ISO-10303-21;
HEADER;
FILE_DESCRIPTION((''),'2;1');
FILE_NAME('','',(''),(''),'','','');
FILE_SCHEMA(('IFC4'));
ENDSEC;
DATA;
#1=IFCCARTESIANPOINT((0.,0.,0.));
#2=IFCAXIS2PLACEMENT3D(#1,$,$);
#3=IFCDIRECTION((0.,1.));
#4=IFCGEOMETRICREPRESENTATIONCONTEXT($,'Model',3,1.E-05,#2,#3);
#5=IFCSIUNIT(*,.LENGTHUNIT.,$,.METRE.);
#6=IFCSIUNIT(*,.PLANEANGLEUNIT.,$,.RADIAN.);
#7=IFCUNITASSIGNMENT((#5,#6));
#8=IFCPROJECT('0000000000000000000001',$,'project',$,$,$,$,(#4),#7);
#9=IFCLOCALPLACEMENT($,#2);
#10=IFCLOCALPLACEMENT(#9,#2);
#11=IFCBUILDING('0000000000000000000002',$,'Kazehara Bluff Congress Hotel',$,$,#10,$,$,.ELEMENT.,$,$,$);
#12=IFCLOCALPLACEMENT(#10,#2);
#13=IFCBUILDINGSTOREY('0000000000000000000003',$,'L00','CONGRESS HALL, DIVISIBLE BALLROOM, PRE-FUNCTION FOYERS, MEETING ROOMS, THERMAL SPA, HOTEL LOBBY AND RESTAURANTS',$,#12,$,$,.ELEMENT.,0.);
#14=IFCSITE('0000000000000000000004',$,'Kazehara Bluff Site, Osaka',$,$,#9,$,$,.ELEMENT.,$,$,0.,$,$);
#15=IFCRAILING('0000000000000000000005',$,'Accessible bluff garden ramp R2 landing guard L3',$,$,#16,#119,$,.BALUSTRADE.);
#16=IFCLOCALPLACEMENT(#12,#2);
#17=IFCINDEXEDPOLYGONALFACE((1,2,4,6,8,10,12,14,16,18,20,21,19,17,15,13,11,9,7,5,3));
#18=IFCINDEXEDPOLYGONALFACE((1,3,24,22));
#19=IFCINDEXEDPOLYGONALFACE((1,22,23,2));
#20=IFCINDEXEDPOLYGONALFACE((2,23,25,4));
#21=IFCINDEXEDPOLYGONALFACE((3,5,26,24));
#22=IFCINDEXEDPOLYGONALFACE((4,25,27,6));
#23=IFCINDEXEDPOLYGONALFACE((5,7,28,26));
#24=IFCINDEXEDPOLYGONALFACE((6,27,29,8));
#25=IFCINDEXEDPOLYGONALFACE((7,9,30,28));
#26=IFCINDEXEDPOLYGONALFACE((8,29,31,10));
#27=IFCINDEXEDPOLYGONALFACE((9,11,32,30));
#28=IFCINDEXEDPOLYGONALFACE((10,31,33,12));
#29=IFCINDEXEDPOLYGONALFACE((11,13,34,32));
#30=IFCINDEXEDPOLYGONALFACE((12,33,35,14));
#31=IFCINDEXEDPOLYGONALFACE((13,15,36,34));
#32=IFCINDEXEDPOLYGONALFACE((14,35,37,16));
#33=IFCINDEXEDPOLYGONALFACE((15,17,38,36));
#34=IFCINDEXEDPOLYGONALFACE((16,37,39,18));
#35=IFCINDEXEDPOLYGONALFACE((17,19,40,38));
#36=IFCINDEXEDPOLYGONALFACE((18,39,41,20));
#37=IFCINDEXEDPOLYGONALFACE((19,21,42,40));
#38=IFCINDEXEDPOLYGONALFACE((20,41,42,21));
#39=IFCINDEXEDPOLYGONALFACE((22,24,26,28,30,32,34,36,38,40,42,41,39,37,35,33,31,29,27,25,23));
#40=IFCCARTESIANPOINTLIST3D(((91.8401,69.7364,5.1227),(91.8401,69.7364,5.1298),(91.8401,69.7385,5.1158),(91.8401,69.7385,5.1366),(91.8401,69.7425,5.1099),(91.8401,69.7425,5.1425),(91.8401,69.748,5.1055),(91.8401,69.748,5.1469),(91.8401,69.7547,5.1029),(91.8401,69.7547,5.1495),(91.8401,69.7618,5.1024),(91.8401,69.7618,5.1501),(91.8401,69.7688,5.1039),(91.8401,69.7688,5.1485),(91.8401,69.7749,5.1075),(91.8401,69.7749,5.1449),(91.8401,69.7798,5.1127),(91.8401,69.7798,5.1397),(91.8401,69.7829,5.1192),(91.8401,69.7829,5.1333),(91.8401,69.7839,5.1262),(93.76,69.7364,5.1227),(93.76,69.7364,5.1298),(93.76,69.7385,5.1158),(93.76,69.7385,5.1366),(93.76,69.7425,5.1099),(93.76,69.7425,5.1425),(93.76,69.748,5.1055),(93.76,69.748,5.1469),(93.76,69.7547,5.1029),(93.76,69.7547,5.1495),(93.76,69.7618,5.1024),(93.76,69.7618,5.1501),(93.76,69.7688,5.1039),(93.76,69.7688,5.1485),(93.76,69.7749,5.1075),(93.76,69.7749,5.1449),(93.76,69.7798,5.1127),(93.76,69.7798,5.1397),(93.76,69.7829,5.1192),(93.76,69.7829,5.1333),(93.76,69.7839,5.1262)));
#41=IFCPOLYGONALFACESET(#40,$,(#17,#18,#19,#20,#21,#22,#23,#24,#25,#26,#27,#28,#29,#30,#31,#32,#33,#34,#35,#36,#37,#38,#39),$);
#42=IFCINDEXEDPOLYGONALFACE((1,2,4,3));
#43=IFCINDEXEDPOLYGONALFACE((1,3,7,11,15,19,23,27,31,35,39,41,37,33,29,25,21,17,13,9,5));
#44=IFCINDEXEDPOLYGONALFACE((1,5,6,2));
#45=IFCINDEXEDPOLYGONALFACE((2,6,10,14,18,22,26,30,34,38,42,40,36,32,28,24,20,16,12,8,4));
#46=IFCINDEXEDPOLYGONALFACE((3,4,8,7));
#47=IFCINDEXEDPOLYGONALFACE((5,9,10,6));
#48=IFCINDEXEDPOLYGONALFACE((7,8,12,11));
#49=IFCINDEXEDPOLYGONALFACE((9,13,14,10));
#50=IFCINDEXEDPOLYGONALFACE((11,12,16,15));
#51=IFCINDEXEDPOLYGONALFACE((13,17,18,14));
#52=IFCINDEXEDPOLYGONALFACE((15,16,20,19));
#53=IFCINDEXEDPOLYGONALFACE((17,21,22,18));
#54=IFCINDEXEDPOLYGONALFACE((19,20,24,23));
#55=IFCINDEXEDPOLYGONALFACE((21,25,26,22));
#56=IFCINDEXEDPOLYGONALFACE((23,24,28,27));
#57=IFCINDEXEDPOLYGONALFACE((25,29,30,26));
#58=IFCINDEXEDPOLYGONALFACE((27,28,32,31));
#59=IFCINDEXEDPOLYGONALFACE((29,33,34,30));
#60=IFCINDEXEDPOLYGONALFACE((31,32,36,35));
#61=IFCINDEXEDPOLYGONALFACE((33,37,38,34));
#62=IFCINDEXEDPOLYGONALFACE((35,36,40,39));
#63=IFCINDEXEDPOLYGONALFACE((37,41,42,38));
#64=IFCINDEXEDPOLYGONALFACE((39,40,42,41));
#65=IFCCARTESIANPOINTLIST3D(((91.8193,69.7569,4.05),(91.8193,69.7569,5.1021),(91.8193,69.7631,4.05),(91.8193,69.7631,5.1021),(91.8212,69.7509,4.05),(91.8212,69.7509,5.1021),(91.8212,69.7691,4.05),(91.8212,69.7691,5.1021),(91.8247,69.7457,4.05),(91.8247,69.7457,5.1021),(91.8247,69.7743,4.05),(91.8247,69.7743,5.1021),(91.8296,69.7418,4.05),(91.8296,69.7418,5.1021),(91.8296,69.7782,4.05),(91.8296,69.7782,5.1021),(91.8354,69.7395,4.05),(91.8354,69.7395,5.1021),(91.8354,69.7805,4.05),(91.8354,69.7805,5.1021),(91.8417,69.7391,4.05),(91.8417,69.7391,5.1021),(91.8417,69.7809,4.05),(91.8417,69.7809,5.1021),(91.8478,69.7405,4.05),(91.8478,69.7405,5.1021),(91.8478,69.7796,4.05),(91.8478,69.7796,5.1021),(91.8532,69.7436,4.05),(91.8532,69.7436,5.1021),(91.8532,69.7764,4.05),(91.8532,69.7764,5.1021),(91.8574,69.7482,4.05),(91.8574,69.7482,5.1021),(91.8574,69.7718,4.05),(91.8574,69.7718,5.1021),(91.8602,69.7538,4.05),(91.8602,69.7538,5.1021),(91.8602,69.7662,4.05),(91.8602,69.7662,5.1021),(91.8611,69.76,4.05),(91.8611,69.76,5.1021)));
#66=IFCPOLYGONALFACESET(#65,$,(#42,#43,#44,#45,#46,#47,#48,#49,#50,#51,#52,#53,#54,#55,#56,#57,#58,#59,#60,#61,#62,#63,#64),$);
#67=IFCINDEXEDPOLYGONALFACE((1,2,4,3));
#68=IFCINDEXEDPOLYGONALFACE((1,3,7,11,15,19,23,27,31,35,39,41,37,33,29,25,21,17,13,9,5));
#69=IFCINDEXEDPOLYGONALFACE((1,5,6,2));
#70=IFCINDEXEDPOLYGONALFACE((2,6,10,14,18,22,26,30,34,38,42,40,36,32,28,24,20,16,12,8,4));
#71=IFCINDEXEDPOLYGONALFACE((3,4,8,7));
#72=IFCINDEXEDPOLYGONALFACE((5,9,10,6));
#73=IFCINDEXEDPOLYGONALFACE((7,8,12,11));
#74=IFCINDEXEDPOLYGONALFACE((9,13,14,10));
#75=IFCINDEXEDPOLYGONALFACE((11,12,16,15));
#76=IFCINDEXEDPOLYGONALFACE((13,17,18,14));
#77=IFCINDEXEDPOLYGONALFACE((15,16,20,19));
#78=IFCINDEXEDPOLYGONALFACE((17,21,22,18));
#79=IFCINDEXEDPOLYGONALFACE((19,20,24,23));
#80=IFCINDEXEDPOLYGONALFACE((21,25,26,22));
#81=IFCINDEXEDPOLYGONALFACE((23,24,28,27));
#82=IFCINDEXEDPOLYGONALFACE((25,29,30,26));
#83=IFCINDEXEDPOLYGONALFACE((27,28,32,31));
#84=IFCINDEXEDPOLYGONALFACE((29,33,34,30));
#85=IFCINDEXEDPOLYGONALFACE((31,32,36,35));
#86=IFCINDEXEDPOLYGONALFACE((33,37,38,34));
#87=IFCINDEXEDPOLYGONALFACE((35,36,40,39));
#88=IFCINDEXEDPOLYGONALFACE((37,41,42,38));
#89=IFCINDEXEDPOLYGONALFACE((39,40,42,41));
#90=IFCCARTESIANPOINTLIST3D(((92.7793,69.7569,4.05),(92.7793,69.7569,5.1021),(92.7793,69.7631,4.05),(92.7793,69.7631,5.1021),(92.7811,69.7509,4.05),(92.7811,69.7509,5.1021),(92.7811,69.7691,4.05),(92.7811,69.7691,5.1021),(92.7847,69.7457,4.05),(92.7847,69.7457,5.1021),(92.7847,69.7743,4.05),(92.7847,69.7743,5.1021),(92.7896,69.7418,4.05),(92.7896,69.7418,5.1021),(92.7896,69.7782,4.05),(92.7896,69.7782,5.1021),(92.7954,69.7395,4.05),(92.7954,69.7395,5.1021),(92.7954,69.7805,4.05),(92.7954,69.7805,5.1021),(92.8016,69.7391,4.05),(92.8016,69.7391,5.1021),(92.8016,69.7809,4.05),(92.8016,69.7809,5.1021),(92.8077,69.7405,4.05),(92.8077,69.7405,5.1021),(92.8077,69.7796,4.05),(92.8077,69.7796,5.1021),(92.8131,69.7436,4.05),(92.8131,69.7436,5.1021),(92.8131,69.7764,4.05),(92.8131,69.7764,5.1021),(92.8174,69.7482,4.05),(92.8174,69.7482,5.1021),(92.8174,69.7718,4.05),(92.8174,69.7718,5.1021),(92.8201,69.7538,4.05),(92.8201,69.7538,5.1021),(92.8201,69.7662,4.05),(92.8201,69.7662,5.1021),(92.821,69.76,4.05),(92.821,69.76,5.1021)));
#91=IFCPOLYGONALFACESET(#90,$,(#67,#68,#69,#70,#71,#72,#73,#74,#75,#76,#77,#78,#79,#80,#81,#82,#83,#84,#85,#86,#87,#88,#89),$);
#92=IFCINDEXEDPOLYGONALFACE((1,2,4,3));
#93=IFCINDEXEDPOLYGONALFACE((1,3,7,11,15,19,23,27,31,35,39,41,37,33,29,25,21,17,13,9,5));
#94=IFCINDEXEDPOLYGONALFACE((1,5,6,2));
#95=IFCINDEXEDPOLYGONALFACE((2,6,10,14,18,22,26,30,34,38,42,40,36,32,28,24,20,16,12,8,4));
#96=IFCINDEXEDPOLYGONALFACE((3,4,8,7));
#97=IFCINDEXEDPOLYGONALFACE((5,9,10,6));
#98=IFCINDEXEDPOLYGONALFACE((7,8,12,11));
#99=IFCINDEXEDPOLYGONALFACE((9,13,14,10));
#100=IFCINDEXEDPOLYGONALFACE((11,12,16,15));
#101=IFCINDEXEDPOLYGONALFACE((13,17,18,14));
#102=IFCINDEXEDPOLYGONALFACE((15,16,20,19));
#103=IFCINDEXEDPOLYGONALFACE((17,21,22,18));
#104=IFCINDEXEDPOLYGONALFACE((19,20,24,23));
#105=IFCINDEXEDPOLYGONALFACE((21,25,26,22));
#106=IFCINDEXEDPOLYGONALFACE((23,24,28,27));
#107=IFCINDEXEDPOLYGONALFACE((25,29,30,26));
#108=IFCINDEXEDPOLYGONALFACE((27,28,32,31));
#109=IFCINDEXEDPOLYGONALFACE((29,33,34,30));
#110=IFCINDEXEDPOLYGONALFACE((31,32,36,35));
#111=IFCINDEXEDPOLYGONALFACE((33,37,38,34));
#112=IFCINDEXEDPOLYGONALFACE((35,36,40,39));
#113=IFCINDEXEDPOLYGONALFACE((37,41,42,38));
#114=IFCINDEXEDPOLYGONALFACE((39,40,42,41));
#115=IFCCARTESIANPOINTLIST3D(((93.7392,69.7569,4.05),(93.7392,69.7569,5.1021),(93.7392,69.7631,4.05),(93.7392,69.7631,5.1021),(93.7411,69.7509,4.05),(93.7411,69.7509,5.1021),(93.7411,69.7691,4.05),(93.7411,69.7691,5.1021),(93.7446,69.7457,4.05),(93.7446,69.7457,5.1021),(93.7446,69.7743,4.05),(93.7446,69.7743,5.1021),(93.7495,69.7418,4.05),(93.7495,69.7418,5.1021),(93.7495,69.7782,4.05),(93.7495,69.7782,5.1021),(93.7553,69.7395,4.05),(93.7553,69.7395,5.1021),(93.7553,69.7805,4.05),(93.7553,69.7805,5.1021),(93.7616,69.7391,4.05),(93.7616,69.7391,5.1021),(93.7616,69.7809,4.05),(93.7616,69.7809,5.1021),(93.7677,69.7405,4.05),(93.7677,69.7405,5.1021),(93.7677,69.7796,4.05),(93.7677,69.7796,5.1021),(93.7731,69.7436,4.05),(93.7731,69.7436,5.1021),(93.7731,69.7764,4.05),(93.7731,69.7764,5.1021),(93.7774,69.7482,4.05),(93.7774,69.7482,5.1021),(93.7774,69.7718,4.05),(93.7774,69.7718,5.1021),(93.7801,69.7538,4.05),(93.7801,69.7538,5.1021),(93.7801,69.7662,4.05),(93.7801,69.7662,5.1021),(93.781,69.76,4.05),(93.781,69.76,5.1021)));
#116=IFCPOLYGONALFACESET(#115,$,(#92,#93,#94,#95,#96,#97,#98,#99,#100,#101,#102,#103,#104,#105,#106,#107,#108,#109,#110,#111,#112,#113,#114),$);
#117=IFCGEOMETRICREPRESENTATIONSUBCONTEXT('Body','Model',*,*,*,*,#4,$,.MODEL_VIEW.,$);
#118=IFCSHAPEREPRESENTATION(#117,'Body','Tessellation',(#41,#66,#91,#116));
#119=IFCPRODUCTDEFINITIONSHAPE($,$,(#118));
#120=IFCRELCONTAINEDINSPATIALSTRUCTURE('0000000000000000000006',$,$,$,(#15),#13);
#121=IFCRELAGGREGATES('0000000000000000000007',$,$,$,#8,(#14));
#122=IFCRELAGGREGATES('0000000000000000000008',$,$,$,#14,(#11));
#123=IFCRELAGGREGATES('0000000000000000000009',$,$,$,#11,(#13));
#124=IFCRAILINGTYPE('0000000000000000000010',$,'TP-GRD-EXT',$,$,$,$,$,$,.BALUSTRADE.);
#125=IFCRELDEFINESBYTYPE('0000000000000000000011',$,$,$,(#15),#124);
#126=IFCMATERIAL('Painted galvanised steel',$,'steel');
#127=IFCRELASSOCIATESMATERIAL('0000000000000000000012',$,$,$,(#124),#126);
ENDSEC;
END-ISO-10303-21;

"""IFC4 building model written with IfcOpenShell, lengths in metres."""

from ifc_helpers import new_model, si_unit, direction, frame, origin, origin_2d, place, context, subcontext, project, spatial, circle, extrude, material, type_object, element, save


model = new_model("IFC4")

# Units and contexts
model_context = context("Model", 3, precision=1e-05, world=origin(), true_north=direction((0.0, 1.0)))
body_context = subcontext(model_context, "Body", "Model", "MODEL_VIEW")
ifc_project = project(units=[si_unit("LENGTHUNIT", "METRE"), si_unit("PLANEANGLEUNIT", "RADIAN")], contexts=[model_context])

# Site, building, storey
site_placement = place(None, origin())
site = spatial("IfcSite", under=ifc_project, at=site_placement, Name="Kazehara Bluff Site, Osaka", CompositionType="ELEMENT", RefElevation=0.0)
building_placement = place(site_placement, origin())
building = spatial("IfcBuilding", under=site, at=building_placement, Name="Kazehara Bluff Congress Hotel", CompositionType="ELEMENT")
storey_placement = place(building_placement, origin())
storey = spatial("IfcBuildingStorey", under=building, at=storey_placement, Name="L00", Description="CONGRESS HALL, DIVISIBLE BALLROOM, PRE-FUNCTION FOYERS, MEETING ROOMS, THERMAL SPA, HOTEL LOBBY AND RESTAURANTS", CompositionType="ELEMENT", Elevation=0.0)

# Railing
ifc_material_1 = material(Name="Painted galvanised steel", Category="steel")
railing_type_1 = type_object("IfcRailingType", Name="TP-GRD-EXT", PredefinedType="BALUSTRADE", material=ifc_material_1)
railing_1_placement = place(storey_placement, frame((91.8401, 69.76, 4.05)))
element("IfcRailing", 1, at=railing_1_placement, inside=storey, type_object=railing_type_1, Name="Accessible bluff garden ramp R2 landing guard L3", PredefinedType="BALUSTRADE", context=body_context, shape_type="SweptSolid", body=[
    extrude(circle(Radius=0.0239, at=origin_2d()), frame((0.0, 0.0, 1.0762), z_axis=(1.0, 0.0, 0.0), x_axis=(0.0, 1.0, 0.0)), (0.0, 0.0, 1.0), 1.9199),
    extrude(circle(Radius=0.021, at=origin_2d()), origin(), (0.0, 0.0, 1.0), 1.052),
    extrude(circle(Radius=0.021, at=origin_2d()), frame((0.96, 0.0, 0.0)), (0.0, 0.0, 1.0), 1.052),
    extrude(circle(Radius=0.021, at=origin_2d()), frame((1.9199, 0.0, 0.0)), (0.0, 0.0, 1.0), 1.052),
])

save(model, "model.ifc")
